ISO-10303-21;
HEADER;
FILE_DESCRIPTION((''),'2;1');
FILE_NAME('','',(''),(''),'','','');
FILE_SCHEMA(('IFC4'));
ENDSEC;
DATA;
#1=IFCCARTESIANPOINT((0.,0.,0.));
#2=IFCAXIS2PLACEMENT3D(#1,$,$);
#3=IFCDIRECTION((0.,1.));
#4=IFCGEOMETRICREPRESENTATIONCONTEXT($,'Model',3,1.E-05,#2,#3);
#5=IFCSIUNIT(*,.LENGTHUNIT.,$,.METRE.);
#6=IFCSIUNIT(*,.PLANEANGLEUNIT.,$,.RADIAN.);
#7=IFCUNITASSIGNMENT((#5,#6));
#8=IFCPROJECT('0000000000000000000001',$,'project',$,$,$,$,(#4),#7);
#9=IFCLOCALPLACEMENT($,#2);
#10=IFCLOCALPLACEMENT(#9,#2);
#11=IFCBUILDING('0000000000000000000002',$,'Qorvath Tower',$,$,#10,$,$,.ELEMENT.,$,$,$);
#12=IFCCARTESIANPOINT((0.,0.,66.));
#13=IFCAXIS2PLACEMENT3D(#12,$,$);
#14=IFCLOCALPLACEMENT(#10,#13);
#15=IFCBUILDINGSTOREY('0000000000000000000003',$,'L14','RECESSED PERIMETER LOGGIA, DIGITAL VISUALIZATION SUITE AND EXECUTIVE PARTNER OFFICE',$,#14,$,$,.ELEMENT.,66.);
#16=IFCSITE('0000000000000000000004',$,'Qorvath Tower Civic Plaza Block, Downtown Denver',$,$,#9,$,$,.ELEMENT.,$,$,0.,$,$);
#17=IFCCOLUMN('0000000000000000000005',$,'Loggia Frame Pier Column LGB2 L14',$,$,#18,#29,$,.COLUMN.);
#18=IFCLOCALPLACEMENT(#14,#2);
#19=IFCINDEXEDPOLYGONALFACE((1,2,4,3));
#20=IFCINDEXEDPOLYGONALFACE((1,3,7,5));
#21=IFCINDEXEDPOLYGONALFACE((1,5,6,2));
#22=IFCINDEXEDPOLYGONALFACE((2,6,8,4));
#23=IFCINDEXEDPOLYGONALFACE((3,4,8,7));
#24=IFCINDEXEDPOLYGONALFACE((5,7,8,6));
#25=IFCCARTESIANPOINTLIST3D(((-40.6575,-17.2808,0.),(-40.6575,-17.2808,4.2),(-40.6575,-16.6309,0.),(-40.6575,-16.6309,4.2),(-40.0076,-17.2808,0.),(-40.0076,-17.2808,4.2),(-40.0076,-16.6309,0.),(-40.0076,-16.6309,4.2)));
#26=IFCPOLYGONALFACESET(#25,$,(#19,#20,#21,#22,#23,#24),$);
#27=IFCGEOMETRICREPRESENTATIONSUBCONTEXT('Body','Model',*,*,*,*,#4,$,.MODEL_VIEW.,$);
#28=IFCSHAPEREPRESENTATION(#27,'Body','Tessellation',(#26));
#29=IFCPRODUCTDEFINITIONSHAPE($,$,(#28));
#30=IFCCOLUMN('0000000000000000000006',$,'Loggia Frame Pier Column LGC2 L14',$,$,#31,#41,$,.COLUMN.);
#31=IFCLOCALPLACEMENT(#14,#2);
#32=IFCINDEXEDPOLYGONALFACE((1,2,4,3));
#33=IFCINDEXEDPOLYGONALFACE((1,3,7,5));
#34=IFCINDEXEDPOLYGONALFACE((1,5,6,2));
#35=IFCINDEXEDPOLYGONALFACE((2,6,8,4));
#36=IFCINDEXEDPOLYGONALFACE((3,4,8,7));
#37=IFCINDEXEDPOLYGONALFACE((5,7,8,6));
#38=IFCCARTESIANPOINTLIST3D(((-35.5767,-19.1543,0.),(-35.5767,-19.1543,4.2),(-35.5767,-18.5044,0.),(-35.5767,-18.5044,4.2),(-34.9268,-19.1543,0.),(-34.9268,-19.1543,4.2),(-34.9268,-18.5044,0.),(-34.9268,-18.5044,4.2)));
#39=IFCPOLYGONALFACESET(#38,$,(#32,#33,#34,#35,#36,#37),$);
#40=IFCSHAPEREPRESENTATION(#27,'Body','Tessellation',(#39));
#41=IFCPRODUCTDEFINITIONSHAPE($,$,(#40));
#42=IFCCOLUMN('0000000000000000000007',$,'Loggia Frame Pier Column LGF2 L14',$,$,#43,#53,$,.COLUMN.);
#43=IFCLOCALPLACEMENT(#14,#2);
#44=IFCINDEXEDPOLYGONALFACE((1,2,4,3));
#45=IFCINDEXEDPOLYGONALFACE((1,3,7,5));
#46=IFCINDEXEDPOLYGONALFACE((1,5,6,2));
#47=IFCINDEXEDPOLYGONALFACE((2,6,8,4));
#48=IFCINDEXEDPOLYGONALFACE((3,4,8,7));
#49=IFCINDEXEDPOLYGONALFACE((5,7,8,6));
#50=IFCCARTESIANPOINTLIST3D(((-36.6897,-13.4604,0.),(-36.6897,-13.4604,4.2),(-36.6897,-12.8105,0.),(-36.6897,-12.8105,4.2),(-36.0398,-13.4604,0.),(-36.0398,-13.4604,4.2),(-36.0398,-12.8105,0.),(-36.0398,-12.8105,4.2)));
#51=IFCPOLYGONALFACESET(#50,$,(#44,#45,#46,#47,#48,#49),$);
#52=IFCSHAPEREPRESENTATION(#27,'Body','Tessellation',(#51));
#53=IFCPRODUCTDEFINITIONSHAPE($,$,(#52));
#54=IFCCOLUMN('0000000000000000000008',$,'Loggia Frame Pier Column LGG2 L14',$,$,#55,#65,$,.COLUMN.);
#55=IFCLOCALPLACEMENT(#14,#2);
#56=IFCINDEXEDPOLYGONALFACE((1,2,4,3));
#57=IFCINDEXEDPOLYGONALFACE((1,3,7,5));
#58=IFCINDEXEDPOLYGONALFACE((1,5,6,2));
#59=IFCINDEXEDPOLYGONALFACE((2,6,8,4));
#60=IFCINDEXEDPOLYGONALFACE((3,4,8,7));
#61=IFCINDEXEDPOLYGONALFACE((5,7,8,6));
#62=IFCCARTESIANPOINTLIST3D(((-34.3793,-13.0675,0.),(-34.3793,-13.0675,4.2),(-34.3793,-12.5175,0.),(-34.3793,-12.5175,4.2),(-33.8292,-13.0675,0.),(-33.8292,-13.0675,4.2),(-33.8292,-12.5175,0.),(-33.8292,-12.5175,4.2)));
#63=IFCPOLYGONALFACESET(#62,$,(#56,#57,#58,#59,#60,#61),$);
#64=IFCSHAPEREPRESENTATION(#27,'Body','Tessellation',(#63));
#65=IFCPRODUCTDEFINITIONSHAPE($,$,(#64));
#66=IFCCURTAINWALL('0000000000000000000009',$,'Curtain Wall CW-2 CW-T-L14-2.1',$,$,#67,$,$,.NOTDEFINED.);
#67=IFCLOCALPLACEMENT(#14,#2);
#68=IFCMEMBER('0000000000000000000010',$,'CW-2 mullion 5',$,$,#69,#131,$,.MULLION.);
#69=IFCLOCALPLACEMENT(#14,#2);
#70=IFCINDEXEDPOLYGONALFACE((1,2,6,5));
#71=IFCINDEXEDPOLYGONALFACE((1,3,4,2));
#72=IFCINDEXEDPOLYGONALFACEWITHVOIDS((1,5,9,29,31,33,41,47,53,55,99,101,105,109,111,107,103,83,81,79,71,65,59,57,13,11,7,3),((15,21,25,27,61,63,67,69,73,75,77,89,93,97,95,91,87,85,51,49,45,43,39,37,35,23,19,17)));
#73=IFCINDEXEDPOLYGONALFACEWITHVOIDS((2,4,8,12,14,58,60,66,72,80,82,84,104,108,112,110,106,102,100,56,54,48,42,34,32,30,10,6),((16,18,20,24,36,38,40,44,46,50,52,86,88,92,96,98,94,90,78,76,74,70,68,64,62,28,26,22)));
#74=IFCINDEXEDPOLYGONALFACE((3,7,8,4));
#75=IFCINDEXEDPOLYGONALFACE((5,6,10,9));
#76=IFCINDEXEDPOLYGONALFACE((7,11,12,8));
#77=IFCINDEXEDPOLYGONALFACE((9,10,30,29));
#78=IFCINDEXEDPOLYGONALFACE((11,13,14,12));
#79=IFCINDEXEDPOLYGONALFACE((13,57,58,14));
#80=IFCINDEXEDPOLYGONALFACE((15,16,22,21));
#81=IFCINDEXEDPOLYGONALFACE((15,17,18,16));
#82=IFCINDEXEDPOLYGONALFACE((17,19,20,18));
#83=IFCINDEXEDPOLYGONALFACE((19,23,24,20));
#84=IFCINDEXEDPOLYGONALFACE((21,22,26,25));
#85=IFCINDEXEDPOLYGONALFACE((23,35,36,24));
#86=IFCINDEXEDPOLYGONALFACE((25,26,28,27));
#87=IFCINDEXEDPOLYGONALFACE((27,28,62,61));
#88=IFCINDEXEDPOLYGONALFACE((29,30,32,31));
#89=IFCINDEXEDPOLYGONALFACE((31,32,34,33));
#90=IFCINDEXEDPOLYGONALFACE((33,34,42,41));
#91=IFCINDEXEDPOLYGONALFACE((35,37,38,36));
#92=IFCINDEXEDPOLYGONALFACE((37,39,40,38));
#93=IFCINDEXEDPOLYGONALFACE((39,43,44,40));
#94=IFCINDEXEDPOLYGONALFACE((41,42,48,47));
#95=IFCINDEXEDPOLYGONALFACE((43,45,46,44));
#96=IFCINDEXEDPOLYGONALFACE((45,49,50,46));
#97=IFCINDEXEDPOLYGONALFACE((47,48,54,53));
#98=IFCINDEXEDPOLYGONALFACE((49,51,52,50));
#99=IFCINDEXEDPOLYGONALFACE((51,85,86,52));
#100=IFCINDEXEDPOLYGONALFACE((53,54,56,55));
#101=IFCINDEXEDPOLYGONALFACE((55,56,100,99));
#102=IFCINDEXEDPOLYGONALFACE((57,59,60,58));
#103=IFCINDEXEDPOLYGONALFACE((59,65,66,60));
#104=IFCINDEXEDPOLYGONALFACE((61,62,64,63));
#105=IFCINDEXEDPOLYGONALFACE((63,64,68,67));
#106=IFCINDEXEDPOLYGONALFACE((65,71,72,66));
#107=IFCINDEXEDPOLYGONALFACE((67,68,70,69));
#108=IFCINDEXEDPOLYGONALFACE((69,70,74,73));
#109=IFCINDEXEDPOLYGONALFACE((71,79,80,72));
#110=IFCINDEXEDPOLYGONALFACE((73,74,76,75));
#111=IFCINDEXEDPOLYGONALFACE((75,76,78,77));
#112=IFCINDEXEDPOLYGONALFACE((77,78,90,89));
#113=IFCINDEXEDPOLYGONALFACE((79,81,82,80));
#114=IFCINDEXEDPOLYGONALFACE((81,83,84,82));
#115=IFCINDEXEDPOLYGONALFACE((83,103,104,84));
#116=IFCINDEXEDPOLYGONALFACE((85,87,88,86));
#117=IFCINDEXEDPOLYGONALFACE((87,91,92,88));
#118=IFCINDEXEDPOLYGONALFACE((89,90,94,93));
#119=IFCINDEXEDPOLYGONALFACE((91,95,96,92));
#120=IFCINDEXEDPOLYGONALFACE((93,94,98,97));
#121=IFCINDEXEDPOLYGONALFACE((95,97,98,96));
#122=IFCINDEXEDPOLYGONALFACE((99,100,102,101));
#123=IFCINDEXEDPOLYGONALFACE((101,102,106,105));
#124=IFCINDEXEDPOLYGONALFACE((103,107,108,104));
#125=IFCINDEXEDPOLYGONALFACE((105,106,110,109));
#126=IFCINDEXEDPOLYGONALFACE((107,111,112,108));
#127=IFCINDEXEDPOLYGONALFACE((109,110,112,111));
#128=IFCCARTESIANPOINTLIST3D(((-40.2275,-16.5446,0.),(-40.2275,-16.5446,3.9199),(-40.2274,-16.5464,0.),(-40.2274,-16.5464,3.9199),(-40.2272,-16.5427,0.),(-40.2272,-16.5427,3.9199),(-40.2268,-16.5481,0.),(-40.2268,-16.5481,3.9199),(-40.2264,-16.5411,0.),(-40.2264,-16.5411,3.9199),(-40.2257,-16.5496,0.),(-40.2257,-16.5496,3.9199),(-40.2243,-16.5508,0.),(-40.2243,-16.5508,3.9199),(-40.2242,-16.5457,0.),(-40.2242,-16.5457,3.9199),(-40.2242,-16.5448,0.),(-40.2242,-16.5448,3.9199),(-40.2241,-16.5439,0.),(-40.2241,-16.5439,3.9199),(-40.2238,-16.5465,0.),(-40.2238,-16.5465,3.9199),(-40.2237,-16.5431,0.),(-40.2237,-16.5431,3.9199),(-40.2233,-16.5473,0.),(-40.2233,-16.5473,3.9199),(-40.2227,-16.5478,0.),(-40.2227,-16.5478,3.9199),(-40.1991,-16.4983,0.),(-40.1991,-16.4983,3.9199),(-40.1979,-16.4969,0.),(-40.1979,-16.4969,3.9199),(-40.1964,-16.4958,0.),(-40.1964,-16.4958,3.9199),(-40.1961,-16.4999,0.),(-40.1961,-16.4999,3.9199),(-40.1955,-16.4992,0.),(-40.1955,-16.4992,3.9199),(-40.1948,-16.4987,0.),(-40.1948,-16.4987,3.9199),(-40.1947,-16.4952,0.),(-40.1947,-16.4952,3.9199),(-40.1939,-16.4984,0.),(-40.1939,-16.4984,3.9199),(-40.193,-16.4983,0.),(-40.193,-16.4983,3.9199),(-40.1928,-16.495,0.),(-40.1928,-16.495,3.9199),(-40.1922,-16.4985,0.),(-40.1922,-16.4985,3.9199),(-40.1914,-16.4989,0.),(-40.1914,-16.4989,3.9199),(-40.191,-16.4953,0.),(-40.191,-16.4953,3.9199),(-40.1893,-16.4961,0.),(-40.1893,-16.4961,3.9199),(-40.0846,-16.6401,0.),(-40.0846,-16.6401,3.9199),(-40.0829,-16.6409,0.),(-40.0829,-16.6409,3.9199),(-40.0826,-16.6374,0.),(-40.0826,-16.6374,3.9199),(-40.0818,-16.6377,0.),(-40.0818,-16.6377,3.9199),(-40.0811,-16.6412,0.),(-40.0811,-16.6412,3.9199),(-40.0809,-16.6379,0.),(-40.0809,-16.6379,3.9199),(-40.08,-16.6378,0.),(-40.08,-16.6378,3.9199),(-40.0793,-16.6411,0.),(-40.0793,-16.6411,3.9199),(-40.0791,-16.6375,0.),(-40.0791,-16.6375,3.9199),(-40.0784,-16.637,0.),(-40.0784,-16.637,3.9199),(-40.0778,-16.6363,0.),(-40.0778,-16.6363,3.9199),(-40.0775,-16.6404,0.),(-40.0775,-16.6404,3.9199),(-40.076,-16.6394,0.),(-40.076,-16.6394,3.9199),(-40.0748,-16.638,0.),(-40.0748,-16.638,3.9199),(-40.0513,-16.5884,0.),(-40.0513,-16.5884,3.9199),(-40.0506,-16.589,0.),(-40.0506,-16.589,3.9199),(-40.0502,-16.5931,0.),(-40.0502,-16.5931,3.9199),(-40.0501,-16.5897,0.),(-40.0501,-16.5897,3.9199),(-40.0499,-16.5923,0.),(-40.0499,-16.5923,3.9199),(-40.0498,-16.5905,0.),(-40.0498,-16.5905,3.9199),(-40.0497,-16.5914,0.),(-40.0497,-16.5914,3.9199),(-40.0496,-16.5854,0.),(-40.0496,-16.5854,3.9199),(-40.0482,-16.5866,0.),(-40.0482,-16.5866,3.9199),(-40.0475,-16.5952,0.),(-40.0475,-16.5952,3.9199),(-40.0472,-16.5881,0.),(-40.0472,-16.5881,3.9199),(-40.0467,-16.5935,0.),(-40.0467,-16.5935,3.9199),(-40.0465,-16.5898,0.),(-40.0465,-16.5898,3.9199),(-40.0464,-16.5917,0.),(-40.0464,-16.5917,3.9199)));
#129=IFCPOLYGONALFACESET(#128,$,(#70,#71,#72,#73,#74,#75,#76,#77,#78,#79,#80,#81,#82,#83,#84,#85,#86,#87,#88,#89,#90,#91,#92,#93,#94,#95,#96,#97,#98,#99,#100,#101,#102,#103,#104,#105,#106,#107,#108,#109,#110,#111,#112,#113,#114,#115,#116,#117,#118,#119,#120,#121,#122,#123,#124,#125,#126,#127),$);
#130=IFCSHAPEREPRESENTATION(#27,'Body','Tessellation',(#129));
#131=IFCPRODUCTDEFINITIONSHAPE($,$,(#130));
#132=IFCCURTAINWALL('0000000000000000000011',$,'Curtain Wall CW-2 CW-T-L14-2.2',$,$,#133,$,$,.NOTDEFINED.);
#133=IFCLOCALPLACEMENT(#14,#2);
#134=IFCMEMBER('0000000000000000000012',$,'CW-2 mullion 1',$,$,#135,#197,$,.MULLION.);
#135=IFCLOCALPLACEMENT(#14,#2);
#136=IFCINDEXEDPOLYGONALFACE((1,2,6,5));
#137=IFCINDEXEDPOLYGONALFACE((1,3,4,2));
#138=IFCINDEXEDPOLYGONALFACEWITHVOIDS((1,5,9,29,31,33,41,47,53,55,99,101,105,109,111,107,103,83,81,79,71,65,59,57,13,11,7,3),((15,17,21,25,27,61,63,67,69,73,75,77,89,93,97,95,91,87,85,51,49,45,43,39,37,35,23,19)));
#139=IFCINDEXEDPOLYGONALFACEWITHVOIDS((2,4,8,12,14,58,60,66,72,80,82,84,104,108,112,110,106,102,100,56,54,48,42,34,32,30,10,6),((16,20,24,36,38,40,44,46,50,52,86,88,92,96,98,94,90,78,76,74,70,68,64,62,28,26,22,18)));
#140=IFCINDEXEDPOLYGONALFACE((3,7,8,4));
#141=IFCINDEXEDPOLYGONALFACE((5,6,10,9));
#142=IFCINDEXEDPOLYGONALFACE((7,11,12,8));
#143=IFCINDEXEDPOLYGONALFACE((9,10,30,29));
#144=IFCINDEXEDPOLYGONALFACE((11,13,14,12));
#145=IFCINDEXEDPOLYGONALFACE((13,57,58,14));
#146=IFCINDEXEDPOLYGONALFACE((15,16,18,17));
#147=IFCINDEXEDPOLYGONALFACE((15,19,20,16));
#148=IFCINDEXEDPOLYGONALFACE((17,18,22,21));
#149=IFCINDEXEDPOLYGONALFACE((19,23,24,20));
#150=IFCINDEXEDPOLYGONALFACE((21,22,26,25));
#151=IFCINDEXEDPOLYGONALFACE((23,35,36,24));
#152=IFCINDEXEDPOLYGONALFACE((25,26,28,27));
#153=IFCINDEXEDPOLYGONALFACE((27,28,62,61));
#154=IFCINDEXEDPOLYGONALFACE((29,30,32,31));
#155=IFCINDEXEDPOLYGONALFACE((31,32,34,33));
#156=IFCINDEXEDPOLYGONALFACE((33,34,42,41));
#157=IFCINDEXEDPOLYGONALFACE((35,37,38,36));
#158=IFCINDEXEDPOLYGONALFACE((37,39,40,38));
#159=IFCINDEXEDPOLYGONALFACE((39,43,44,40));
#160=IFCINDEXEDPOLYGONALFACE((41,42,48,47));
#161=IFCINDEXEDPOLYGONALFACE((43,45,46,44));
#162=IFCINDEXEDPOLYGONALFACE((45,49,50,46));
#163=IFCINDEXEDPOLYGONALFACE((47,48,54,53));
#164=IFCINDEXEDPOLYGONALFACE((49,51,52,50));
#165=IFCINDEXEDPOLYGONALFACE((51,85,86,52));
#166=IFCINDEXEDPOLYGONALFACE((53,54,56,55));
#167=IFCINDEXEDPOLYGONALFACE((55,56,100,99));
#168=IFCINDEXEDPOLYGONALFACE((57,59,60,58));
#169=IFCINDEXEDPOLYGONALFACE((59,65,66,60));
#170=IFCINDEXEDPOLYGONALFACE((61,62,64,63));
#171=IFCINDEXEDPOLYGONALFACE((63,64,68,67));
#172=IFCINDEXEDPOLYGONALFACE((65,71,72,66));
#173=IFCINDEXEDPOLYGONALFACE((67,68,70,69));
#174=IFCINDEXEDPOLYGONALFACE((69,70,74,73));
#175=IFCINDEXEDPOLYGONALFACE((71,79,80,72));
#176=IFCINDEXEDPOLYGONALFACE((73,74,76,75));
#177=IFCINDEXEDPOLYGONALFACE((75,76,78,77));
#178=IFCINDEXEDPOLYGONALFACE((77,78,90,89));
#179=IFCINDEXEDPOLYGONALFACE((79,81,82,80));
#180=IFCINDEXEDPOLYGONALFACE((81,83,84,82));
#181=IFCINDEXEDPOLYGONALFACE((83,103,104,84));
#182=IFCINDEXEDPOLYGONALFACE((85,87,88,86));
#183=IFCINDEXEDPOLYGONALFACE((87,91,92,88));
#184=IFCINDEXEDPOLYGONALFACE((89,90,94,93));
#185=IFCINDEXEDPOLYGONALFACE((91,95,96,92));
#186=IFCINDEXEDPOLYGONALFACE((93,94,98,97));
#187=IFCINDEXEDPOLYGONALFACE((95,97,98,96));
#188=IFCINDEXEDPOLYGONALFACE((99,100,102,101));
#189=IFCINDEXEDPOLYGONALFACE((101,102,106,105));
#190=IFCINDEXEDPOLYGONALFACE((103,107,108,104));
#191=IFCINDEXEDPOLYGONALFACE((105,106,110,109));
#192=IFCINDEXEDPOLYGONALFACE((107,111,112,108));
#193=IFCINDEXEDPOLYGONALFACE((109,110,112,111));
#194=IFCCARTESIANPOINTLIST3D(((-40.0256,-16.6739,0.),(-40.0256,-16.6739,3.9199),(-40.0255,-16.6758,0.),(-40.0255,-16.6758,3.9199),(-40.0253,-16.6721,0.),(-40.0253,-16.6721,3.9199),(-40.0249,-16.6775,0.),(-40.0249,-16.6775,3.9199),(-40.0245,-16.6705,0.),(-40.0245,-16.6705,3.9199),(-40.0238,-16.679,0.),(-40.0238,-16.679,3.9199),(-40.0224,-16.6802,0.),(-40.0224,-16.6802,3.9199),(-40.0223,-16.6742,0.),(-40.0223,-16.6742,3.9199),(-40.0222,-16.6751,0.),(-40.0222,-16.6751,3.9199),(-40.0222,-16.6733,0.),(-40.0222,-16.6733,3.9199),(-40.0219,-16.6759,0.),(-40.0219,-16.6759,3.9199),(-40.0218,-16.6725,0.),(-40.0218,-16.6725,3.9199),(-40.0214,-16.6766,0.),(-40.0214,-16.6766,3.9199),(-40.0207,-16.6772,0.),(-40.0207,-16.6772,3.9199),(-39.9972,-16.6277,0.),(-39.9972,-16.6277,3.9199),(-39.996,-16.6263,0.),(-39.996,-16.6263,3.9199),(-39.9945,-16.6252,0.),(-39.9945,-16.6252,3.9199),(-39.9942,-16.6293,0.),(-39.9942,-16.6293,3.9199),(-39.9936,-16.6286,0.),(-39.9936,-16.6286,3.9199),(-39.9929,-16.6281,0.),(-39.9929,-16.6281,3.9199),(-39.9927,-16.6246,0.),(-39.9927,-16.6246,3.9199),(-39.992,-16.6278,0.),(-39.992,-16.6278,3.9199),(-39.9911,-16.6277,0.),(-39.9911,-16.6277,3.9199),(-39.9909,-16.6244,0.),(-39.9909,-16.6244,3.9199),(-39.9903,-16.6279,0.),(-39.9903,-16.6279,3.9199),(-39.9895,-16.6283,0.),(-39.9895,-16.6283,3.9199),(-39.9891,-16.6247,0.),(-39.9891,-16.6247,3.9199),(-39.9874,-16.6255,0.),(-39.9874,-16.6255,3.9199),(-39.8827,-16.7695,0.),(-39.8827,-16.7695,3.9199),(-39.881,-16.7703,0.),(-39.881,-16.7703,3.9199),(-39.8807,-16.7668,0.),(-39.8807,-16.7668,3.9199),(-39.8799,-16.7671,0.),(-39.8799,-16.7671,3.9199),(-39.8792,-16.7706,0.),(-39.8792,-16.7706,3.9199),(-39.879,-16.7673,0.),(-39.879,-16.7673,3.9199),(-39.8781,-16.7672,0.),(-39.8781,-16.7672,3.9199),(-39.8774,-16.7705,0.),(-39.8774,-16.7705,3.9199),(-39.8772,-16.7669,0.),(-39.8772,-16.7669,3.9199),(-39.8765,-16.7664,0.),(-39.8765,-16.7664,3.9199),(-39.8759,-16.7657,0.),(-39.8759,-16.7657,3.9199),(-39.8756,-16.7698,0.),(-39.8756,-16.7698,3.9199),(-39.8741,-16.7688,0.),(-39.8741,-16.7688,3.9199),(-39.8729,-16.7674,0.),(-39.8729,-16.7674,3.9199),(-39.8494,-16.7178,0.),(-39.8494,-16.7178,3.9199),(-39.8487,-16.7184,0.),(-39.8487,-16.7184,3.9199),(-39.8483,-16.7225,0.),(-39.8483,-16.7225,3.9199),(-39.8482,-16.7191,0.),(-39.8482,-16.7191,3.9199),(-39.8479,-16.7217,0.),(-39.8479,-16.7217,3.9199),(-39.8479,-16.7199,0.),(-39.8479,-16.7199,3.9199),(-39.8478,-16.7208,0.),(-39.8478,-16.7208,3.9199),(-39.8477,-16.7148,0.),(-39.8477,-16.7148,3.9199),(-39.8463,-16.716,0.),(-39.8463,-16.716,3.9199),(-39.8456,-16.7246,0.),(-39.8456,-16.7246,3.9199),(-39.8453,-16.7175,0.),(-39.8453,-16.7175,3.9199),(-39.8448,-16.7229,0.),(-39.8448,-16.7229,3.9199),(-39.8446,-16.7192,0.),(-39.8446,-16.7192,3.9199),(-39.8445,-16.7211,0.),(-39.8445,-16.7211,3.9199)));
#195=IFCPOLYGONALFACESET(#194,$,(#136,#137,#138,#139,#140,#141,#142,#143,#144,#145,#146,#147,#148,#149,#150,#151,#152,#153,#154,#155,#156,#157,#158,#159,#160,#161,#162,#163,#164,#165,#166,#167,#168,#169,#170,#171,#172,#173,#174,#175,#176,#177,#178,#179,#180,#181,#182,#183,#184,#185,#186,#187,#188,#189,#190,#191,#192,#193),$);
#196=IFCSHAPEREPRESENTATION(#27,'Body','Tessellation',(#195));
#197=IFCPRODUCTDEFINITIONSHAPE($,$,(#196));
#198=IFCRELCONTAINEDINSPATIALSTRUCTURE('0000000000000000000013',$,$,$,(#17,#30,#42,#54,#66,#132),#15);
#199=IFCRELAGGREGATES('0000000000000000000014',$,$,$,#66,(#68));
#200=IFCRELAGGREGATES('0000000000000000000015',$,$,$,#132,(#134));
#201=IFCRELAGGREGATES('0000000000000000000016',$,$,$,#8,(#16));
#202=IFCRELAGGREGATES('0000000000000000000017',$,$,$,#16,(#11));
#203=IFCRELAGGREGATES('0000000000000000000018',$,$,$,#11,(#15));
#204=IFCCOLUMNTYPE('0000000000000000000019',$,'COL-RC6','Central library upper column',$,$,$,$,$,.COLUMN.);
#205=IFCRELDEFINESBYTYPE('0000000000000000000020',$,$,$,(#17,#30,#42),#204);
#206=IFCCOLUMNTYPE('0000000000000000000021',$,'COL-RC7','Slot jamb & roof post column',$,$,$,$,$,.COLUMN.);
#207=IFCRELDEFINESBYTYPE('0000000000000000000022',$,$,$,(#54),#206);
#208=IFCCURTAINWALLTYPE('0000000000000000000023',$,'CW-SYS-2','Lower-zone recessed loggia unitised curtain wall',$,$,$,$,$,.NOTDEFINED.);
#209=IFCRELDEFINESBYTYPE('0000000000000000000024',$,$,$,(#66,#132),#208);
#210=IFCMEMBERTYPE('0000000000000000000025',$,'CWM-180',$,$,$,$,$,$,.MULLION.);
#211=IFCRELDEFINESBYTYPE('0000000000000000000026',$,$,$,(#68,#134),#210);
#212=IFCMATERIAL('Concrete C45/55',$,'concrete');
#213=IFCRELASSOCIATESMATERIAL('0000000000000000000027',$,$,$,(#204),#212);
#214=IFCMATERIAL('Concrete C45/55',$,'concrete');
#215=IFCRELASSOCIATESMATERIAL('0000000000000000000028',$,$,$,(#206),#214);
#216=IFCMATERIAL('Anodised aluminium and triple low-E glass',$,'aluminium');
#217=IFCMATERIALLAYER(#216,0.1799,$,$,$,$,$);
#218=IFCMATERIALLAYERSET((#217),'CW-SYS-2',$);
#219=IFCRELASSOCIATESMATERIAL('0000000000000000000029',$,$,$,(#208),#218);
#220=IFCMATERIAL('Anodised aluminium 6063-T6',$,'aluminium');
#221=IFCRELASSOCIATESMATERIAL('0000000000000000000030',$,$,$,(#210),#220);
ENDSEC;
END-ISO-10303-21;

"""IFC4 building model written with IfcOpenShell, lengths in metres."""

from ifc_helpers import new_model, si_unit, direction, frame, origin, origin_2d, place, context, subcontext, project, spatial, rectangle, hollow_rectangle, extrude, material, layer, layer_set, material_profile, profile_set, type_object, element, aggregate, save


model = new_model("IFC4")

# Units and contexts
model_context = context("Model", 3, precision=1e-05, world=origin(), true_north=direction((0.0, 1.0)))
body_context = subcontext(model_context, "Body", "Model", "MODEL_VIEW")
ifc_project = project(units=[si_unit("LENGTHUNIT", "METRE"), si_unit("PLANEANGLEUNIT", "RADIAN")], contexts=[model_context])

# Site, building, storey
site_placement = place(None, origin())
site = spatial("IfcSite", under=ifc_project, at=site_placement, Name="Qorvath Tower Civic Plaza Block, Downtown Denver", CompositionType="ELEMENT", RefElevation=0.0)
building_placement = place(site_placement, origin())
building = spatial("IfcBuilding", under=site, at=building_placement, Name="Qorvath Tower", CompositionType="ELEMENT")
storey_placement = place(building_placement, frame((0.0, 0.0, 66.0)))
storey = spatial("IfcBuildingStorey", under=building, at=storey_placement, Name="L14", Description="RECESSED PERIMETER LOGGIA, DIGITAL VISUALIZATION SUITE AND EXECUTIVE PARTNER OFFICE", CompositionType="ELEMENT", Elevation=66.0)

# Columns
ifc_material_1 = material(Name="Concrete C45/55", Category="concrete")
ifc_material_profile_1 = material_profile(ifc_material_1, rectangle(XDim=0.6499, YDim=0.6499, at=origin_2d()), Name="RC 650x650")
ifc_profile_set_1 = profile_set([ifc_material_profile_1], Name="Concrete C45/55")
column_type_1 = type_object("IfcColumnType", Name="COL-RC6", Description="Central library upper column", PredefinedType="COLUMN", material=ifc_profile_set_1)
for number, where, z_axis, x_axis, name in (
    (1, (-40.3325, -16.9558, 0.0), (0.0, 0.0, 1.0), (1.0, 0.0, 0.0), "Loggia Frame Pier Column LGB2 L14"),
    (2, (-35.2517, -18.8293, 0.0), (0.0, 0.0, 1.0), (1.0, 0.0, 0.0), "Loggia Frame Pier Column LGC2 L14"),
    (3, (-36.3647, -13.1355, 0.0), (0.0, 0.0, 1.0), (1.0, 0.0, 0.0), "Loggia Frame Pier Column LGF2 L14"),
):
    element("IfcColumn", number, at=place(storey_placement, frame(where, z_axis=z_axis, x_axis=x_axis)), inside=storey, type_object=column_type_1, Name=name, PredefinedType="COLUMN", context=body_context, shape_type="SweptSolid", body=[
        extrude(rectangle(XDim=0.6499, YDim=0.6499, at=origin_2d()), origin(), (0.0, 0.0, 1.0), 4.2),
    ])
ifc_material_2 = material(Name="Concrete C45/55", Category="concrete")
ifc_material_profile_2 = material_profile(ifc_material_2, rectangle(XDim=0.55, YDim=0.55, at=origin_2d()), Name="RC 550x550")
ifc_profile_set_2 = profile_set([ifc_material_profile_2], Name="Concrete C45/55")
column_type_2 = type_object("IfcColumnType", Name="COL-RC7", Description="Slot jamb & roof post column", PredefinedType="COLUMN", material=ifc_profile_set_2)
column_placement = place(storey_placement, frame((-34.1042, -12.7925, 0.0), z_axis=(0.0, 0.0, 1.0), x_axis=(1.0, 0.0, 0.0)))
element("IfcColumn", 4, at=column_placement, inside=storey, type_object=column_type_2, Name="Loggia Frame Pier Column LGG2 L14", PredefinedType="COLUMN", context=body_context, shape_type="SweptSolid", body=[
    extrude(rectangle(XDim=0.55, YDim=0.55, at=origin_2d()), origin(), (0.0, 0.0, 1.0), 4.2),
])

# Curtain wall, member
ifc_material_3 = material(Name="Anodised aluminium and triple low-E glass", Category="aluminium")
ifc_layer_1 = layer(ifc_material_3, 0.1799)
ifc_layer_set_1 = layer_set([ifc_layer_1], Name="CW-SYS-2")
curtain_wall_type = type_object("IfcCurtainWallType", Name="CW-SYS-2", Description="Lower-zone recessed loggia unitised curtain wall", PredefinedType="NOTDEFINED", material=ifc_layer_set_1)
curtain_wall_1_placement = place(storey_placement, origin())
curtain_wall_1 = element("IfcCurtainWall", 5, at=curtain_wall_1_placement, inside=storey, type_object=curtain_wall_type, Name="Curtain Wall CW-2 CW-T-L14-2.1", PredefinedType="NOTDEFINED")
ifc_material_4 = material(Name="Anodised aluminium 6063-T6", Category="aluminium")
ifc_material_profile_3 = material_profile(ifc_material_4, hollow_rectangle(XDim=0.0649, YDim=0.1799, WallThickness=0.0034, InnerFilletRadius=0.0034, OuterFilletRadius=0.0071, at=origin_2d()), Name="CWM 180x65")
ifc_profile_set_3 = profile_set([ifc_material_profile_3], Name="Anodised aluminium 6063-T6")
member_type_1 = type_object("IfcMemberType", Name="CWM-180", PredefinedType="MULLION", material=ifc_profile_set_3)
member_1_placement = place(storey_placement, frame((-40.137, -16.5681, 0.0), z_axis=(0.0, 0.0, 1.0), x_axis=(0.538531, 0.842606, 0.0)))
member_1 = element("IfcMember", 6, at=member_1_placement, type_object=member_type_1, Name="CW-2 mullion 5", PredefinedType="MULLION", context=body_context, shape_type="SweptSolid", body=[
    extrude(hollow_rectangle(XDim=0.0649, YDim=0.1799, WallThickness=0.0034, InnerFilletRadius=0.0034, OuterFilletRadius=0.0071, at=origin_2d()), origin(), (0.0, 0.0, 1.0), 3.9199),
])
aggregate(curtain_wall_1, [member_1])

# Curtain wall, member
curtain_wall_2_placement = place(storey_placement, origin())
curtain_wall_2 = element("IfcCurtainWall", 7, at=curtain_wall_2_placement, inside=storey, type_object=curtain_wall_type, Name="Curtain Wall CW-2 CW-T-L14-2.2", PredefinedType="NOTDEFINED")
member_2_placement = place(storey_placement, frame((-39.9351, -16.6975, 0.0), z_axis=(0.0, 0.0, 1.0), x_axis=(0.538537, 0.842602, 0.0)))
member_2 = element("IfcMember", 8, at=member_2_placement, type_object=member_type_1, Name="CW-2 mullion 1", PredefinedType="MULLION", context=body_context, shape_type="SweptSolid", body=[
    extrude(hollow_rectangle(XDim=0.0649, YDim=0.1799, WallThickness=0.0034, InnerFilletRadius=0.0034, OuterFilletRadius=0.0071, at=origin_2d()), origin(), (0.0, 0.0, 1.0), 3.9199),
])
aggregate(curtain_wall_2, [member_2])

save(model, "model.ifc")
